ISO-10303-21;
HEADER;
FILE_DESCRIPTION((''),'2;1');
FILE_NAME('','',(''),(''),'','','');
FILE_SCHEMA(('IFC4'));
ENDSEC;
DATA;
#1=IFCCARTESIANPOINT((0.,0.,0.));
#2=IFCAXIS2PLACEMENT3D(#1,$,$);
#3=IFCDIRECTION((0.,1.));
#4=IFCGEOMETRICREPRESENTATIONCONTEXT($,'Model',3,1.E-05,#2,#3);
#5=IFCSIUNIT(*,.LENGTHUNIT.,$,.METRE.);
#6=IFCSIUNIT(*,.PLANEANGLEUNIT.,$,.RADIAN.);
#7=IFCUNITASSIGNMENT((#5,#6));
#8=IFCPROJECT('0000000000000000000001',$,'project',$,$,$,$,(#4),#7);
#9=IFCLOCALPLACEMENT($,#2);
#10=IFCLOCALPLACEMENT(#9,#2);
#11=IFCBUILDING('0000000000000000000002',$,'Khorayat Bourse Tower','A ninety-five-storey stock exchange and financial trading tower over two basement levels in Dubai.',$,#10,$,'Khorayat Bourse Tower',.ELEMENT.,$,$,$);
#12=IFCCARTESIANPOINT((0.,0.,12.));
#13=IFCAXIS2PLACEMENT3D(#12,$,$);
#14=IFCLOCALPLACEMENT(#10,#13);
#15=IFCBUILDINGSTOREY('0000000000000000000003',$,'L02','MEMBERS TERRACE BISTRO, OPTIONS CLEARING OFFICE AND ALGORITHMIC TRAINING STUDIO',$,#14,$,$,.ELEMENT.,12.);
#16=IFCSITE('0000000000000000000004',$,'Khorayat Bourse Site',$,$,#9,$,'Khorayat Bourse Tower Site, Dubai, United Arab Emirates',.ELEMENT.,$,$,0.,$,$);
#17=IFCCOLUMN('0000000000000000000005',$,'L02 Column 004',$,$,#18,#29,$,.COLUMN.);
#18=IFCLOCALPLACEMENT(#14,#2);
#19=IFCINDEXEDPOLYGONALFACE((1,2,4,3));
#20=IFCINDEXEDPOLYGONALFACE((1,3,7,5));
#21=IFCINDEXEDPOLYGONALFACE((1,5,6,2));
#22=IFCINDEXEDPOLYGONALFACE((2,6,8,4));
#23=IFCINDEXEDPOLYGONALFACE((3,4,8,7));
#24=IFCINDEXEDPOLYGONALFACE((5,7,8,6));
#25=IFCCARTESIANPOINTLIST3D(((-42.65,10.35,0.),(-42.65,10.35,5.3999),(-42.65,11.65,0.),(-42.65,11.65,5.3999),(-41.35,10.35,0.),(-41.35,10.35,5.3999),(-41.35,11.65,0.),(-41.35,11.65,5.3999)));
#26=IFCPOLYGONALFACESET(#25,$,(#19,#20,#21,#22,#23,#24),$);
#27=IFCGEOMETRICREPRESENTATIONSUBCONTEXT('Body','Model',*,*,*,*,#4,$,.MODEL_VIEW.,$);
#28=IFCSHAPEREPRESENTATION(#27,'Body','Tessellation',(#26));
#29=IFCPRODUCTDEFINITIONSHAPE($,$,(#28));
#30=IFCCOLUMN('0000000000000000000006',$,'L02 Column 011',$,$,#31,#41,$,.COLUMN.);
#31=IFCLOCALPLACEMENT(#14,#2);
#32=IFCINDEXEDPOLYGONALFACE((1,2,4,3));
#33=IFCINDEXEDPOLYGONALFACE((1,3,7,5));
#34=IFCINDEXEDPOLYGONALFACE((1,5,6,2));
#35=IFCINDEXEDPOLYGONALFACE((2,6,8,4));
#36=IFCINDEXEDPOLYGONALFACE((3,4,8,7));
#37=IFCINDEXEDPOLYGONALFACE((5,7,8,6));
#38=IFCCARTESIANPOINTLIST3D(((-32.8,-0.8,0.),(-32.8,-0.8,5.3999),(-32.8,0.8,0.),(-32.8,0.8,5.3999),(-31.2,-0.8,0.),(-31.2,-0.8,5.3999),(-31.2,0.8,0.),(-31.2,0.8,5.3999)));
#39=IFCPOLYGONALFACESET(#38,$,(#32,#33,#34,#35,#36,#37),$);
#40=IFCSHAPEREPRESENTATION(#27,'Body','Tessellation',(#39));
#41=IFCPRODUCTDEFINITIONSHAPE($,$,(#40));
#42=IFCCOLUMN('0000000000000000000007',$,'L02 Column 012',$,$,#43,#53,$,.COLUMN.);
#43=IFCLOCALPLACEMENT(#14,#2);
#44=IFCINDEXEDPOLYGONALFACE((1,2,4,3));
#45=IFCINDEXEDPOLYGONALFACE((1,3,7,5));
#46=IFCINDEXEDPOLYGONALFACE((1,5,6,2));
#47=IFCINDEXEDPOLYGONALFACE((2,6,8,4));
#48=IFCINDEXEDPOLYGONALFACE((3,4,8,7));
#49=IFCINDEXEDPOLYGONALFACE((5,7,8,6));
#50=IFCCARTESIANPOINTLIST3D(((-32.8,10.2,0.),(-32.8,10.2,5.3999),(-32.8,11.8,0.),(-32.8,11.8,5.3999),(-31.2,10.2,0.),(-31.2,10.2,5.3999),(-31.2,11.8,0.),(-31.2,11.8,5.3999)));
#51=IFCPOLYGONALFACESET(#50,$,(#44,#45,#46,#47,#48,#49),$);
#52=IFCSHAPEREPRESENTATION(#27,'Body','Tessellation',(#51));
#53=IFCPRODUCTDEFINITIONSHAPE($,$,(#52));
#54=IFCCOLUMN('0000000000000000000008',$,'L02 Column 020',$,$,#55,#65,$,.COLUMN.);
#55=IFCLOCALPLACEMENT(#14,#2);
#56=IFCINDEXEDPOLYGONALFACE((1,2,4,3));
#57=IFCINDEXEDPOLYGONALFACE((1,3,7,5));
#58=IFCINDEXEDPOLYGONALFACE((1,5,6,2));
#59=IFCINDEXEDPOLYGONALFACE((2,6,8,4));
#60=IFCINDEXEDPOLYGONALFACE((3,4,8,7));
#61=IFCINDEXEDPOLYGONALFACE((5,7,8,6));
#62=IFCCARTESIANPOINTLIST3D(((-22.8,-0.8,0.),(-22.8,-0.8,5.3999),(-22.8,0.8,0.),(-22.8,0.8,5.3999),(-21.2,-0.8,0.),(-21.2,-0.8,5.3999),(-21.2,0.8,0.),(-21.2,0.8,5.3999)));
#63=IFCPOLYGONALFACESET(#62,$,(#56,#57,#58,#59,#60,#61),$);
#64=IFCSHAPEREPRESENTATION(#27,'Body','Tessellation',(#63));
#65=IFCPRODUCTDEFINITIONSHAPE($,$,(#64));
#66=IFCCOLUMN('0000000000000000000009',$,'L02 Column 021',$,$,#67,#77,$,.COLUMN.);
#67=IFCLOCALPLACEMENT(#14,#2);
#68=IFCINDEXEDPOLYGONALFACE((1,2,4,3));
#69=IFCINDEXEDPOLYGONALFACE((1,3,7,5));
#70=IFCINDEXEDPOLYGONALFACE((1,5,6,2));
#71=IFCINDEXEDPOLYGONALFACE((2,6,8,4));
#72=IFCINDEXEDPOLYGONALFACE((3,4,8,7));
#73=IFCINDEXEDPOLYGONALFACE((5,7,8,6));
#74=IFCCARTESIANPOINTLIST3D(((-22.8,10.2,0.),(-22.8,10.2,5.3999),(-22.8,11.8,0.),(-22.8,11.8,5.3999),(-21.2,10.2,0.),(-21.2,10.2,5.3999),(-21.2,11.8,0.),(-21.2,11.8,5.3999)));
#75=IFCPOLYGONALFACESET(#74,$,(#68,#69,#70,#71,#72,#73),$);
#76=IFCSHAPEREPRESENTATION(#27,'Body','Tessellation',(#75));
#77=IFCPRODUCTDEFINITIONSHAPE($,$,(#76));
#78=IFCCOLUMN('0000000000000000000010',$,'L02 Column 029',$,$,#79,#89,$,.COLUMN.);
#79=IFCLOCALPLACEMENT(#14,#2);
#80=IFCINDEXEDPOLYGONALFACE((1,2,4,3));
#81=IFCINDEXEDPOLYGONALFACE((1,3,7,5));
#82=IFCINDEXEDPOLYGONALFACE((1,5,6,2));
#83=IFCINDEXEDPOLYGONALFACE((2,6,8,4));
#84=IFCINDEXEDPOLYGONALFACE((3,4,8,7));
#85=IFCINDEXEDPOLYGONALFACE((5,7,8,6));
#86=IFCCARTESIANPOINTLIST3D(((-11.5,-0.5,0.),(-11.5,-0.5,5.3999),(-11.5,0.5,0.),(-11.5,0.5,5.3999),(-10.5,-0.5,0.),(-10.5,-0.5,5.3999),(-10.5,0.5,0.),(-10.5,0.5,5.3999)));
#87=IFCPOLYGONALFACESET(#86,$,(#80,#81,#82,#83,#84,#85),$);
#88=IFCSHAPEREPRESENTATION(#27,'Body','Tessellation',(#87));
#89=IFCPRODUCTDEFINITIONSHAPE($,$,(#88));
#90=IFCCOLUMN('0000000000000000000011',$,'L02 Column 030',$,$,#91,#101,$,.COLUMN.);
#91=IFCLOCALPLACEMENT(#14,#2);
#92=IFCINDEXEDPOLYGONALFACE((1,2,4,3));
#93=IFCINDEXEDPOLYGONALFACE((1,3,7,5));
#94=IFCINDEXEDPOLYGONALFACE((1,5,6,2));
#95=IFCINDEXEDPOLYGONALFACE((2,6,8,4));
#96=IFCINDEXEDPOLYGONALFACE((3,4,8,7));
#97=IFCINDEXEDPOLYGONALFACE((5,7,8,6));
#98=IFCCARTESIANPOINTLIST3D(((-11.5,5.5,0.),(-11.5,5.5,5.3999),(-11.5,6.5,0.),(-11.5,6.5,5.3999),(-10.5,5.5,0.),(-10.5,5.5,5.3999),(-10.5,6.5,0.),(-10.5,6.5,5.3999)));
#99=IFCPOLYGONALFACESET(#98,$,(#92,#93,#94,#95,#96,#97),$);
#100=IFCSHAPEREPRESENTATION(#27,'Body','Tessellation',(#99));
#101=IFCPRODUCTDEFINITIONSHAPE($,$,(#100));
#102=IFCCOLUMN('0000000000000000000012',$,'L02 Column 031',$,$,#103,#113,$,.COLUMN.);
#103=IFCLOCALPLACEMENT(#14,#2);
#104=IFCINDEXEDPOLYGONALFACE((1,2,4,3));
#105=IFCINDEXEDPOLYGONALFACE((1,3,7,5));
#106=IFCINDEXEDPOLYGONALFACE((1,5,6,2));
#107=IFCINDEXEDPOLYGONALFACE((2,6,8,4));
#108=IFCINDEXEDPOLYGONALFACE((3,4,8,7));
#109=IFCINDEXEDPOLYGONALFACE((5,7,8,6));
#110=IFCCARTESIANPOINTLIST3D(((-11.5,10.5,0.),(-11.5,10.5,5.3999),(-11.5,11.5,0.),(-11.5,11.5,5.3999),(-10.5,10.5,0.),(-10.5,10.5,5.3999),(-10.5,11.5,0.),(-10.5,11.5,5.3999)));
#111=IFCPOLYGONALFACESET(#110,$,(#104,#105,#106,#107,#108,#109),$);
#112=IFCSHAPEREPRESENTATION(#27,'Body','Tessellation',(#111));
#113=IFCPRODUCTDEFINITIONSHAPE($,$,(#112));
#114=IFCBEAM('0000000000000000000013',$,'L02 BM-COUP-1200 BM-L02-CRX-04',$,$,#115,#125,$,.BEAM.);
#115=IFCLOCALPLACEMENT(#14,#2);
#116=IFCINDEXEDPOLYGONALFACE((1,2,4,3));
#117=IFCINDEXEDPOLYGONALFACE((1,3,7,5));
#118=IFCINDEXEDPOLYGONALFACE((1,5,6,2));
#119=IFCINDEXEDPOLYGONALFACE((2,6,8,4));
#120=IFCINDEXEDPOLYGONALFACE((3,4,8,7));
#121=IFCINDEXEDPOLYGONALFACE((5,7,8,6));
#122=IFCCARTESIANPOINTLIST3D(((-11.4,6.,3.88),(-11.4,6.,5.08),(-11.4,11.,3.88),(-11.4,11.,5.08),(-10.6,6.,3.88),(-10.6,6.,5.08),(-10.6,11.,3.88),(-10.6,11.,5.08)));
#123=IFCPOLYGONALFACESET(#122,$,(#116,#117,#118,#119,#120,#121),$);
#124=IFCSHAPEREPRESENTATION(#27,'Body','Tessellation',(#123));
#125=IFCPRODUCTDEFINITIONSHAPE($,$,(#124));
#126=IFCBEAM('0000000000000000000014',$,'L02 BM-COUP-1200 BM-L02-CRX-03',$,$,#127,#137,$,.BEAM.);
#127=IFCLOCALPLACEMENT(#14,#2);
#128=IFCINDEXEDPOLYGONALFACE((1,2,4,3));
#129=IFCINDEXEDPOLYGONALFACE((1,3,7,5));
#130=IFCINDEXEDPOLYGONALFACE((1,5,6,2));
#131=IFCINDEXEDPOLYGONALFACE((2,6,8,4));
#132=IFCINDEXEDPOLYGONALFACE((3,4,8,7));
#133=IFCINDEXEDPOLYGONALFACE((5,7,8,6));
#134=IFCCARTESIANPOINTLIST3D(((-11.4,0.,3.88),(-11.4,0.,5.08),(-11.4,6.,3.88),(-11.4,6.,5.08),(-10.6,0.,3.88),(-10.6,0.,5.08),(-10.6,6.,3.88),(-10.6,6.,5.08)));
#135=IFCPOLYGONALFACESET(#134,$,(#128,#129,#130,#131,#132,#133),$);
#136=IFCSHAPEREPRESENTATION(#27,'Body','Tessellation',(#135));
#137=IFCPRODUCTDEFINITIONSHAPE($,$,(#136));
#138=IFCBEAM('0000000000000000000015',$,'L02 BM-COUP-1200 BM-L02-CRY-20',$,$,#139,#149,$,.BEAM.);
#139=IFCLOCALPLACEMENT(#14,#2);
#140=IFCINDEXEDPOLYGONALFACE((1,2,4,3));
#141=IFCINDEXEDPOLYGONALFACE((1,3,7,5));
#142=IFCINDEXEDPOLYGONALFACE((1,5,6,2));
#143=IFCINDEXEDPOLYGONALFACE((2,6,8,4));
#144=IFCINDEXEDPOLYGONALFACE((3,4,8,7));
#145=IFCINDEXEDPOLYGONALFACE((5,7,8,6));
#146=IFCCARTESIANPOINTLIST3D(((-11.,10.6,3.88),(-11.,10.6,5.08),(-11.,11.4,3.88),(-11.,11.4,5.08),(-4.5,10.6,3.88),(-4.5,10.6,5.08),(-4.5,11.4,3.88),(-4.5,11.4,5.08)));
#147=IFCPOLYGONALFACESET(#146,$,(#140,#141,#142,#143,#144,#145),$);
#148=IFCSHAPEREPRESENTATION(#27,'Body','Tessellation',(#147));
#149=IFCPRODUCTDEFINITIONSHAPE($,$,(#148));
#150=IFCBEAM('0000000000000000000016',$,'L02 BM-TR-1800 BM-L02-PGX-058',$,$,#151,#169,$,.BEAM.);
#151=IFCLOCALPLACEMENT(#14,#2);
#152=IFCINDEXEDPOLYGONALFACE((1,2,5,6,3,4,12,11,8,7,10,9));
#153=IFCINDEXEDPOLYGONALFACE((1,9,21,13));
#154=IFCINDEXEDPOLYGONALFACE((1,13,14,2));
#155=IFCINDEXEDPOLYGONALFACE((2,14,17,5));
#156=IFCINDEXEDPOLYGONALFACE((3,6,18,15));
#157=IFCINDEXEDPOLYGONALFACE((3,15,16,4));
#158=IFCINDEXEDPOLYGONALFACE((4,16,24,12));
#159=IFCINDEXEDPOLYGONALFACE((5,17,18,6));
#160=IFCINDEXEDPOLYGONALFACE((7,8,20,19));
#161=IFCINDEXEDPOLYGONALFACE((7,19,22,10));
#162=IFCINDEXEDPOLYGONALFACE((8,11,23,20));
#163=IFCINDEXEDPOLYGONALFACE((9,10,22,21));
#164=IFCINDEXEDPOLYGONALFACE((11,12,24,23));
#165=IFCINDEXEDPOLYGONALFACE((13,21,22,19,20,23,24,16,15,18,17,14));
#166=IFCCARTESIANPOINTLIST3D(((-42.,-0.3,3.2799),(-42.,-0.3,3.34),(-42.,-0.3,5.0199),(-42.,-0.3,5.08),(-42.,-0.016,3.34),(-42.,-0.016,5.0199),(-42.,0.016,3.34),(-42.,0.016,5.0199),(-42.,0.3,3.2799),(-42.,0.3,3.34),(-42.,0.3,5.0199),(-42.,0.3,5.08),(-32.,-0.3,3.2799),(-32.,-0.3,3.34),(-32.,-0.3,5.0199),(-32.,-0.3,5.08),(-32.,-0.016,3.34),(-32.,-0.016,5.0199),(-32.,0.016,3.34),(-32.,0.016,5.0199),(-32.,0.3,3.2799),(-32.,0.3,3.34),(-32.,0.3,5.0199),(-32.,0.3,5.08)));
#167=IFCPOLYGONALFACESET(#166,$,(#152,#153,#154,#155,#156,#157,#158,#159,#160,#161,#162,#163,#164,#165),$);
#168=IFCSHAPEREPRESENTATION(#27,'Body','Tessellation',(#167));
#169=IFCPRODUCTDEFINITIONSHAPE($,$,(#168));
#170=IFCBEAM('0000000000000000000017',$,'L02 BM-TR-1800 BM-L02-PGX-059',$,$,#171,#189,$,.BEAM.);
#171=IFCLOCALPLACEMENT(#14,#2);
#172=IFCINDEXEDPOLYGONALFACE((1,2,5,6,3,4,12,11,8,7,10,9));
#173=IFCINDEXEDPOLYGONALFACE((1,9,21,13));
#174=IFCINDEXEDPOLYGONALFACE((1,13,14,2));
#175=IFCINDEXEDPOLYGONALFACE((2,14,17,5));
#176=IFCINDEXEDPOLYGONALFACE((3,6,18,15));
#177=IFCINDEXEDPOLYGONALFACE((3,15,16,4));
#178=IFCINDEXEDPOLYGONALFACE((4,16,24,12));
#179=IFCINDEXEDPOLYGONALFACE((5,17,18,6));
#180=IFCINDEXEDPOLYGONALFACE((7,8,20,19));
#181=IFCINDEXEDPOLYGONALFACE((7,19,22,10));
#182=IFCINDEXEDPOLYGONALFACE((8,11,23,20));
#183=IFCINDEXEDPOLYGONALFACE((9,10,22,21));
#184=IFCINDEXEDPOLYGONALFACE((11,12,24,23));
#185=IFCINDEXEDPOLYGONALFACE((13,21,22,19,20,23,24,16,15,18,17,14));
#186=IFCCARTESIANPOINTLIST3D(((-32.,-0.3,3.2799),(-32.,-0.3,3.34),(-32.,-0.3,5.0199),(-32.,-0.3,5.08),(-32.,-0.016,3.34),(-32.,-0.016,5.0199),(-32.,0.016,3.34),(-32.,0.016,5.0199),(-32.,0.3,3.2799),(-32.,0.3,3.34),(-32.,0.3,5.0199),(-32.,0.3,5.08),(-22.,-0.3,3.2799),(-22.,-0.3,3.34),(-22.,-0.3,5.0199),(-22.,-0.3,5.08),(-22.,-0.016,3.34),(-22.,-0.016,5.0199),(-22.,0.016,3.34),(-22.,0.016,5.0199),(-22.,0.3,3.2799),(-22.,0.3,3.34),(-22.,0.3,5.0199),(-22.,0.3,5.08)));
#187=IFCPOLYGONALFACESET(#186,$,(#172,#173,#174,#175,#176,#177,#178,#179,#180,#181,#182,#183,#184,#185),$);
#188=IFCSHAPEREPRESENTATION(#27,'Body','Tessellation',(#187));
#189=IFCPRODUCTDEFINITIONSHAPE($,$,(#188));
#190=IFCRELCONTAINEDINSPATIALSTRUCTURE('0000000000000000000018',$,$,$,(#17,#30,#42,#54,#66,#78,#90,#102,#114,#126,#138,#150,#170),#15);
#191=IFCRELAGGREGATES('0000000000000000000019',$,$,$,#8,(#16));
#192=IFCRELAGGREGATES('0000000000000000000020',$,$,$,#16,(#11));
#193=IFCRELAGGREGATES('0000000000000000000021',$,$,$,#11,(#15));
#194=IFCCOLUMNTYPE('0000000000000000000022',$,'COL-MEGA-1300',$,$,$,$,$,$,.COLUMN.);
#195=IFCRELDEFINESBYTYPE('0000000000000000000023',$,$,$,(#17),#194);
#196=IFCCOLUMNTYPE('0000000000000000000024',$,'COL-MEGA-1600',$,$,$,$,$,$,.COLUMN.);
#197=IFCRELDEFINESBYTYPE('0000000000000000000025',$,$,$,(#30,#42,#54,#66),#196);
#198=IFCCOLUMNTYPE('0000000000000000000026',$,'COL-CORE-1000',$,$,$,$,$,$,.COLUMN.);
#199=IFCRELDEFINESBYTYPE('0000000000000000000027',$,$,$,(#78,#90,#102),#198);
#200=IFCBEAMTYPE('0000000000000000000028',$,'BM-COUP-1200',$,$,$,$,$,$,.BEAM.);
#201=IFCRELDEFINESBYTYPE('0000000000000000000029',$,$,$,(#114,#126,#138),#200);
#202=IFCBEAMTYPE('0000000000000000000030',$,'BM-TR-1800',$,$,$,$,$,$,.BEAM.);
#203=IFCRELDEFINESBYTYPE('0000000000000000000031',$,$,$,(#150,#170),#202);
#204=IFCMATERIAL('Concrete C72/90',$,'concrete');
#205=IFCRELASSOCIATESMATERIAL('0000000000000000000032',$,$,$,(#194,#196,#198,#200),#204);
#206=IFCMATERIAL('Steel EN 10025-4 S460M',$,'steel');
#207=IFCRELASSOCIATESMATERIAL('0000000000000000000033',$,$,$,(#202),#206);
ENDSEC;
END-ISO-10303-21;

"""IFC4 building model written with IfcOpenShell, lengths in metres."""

from ifc_helpers import new_model, si_unit, direction, frame, origin, origin_2d, place, context, subcontext, project, spatial, rectangle, i_section, extrude, source, transform, mapped, material, material_profile, profile_set, type_object, element, save


model = new_model("IFC4")

# Units and contexts
model_context = context("Model", 3, precision=1e-05, world=origin(), true_north=direction((0.0, 1.0)))
body_context = subcontext(model_context, "Body", "Model", "MODEL_VIEW")
ifc_project = project(units=[si_unit("LENGTHUNIT", "METRE"), si_unit("PLANEANGLEUNIT", "RADIAN")], contexts=[model_context])

# Site, building, storey
site_placement = place(None, origin())
site = spatial("IfcSite", under=ifc_project, at=site_placement, Name="Khorayat Bourse Site", LongName="Khorayat Bourse Tower Site, Dubai, United Arab Emirates", CompositionType="ELEMENT", RefElevation=0.0)
building_placement = place(site_placement, origin())
building = spatial("IfcBuilding", under=site, at=building_placement, Name="Khorayat Bourse Tower", Description="A ninety-five-storey stock exchange and financial trading tower over two basement levels in Dubai.", LongName="Khorayat Bourse Tower", CompositionType="ELEMENT")
storey_placement = place(building_placement, frame((0.0, 0.0, 12.0)))
storey = spatial("IfcBuildingStorey", under=building, at=storey_placement, Name="L02", Description="MEMBERS TERRACE BISTRO, OPTIONS CLEARING OFFICE AND ALGORITHMIC TRAINING STUDIO", CompositionType="ELEMENT", Elevation=12.0)

# Columns
ifc_material_1 = material(Name="Concrete C72/90", Category="concrete")
ifc_material_profile_1 = material_profile(ifc_material_1, rectangle(XDim=1.3, YDim=1.3, at=origin_2d()), Name="RC 1300x1300")
ifc_profile_set_1 = profile_set([ifc_material_profile_1], Name="Concrete C72/90")
column_type_1 = type_object("IfcColumnType", Name="COL-MEGA-1300", PredefinedType="COLUMN", material=ifc_profile_set_1)
shared_shape_1 = source(origin(), body_context, "Body", "SweptSolid", [
    extrude(rectangle(XDim=1.3, YDim=1.3, at=origin_2d()), origin(), (0.0, 0.0, 1.0), 5.3999),
])
column_placement = place(storey_placement, frame((-42.0, 11.0, 0.0), z_axis=(0.0, 0.0, 1.0), x_axis=(1.0, 0.0, 0.0)))
element("IfcColumn", 1, at=column_placement, inside=storey, type_object=column_type_1, Name="L02 Column 004", PredefinedType="COLUMN", context=body_context, shape_type="MappedRepresentation", body=[
    mapped(shared_shape_1, transform((0.0, 0.0, 0.0), scale=1.0)),
])
ifc_material_profile_2 = material_profile(ifc_material_1, rectangle(XDim=1.6001, YDim=1.6001, at=origin_2d()), Name="RC 1600x1600")
ifc_profile_set_2 = profile_set([ifc_material_profile_2], Name="Concrete C72/90")
column_type_2 = type_object("IfcColumnType", Name="COL-MEGA-1600", PredefinedType="COLUMN", material=ifc_profile_set_2)
shared_shape_2 = source(origin(), body_context, "Body", "SweptSolid", [
    extrude(rectangle(XDim=1.6001, YDim=1.6001, at=origin_2d()), origin(), (0.0, 0.0, 1.0), 5.3999),
])
for number, where, z_axis, x_axis, name in (
    (2, (-32.0, 0.0, 0.0), (0.0, 0.0, 1.0), (1.0, 0.0, 0.0), "L02 Column 011"),
    (3, (-32.0, 11.0, 0.0), (0.0, 0.0, 1.0), (1.0, 0.0, 0.0), "L02 Column 012"),
    (4, (-22.0, 0.0, 0.0), (0.0, 0.0, 1.0), (1.0, 0.0, 0.0), "L02 Column 020"),
    (5, (-22.0, 11.0, 0.0), (0.0, 0.0, 1.0), (1.0, 0.0, 0.0), "L02 Column 021"),
):
    element("IfcColumn", number, at=place(storey_placement, frame(where, z_axis=z_axis, x_axis=x_axis)), inside=storey, type_object=column_type_2, Name=name, PredefinedType="COLUMN", context=body_context, shape_type="MappedRepresentation", body=[
        mapped(shared_shape_2, transform((0.0, 0.0, 0.0), scale=1.0)),
    ])
ifc_material_profile_3 = material_profile(ifc_material_1, rectangle(XDim=1.0, YDim=1.0, at=origin_2d()), Name="RC 1000x1000")
ifc_profile_set_3 = profile_set([ifc_material_profile_3], Name="Concrete C72/90")
column_type_3 = type_object("IfcColumnType", Name="COL-CORE-1000", PredefinedType="COLUMN", material=ifc_profile_set_3)
shared_shape_3 = source(origin(), body_context, "Body", "SweptSolid", [
    extrude(rectangle(XDim=1.0, YDim=1.0, at=origin_2d()), origin(), (0.0, 0.0, 1.0), 5.3999),
])
for number, where, z_axis, x_axis, name in (
    (6, (-11.0, 0.0, 0.0), (0.0, 0.0, 1.0), (1.0, 0.0, 0.0), "L02 Column 029"),
    (7, (-11.0, 6.0, 0.0), (0.0, 0.0, 1.0), (1.0, 0.0, 0.0), "L02 Column 030"),
    (8, (-11.0, 11.0, 0.0), (0.0, 0.0, 1.0), (1.0, 0.0, 0.0), "L02 Column 031"),
):
    element("IfcColumn", number, at=place(storey_placement, frame(where, z_axis=z_axis, x_axis=x_axis)), inside=storey, type_object=column_type_3, Name=name, PredefinedType="COLUMN", context=body_context, shape_type="MappedRepresentation", body=[
        mapped(shared_shape_3, transform((0.0, 0.0, 0.0), scale=1.0)),
    ])

# Beams
ifc_material_profile_4 = material_profile(ifc_material_1, rectangle(XDim=0.8, YDim=1.2, at=origin_2d()), Name="RC 800x1200")
ifc_profile_set_4 = profile_set([ifc_material_profile_4], Name="Concrete C72/90")
beam_type_1 = type_object("IfcBeamType", Name="BM-COUP-1200", PredefinedType="BEAM", material=ifc_profile_set_4)
shared_shape_4 = source(origin(), body_context, "Body", "SweptSolid", [
    extrude(rectangle(XDim=0.8, YDim=1.2, at=origin_2d()), origin(), (0.0, 0.0, 1.0), 5.0),
])
beam_1_placement = place(storey_placement, frame((-11.0, 6.0, 4.48), z_axis=(0.0, 1.0, 0.0), x_axis=(-1.0, 0.0, 0.0)))
element("IfcBeam", 9, at=beam_1_placement, inside=storey, type_object=beam_type_1, Name="L02 BM-COUP-1200 BM-L02-CRX-04", PredefinedType="BEAM", context=body_context, shape_type="MappedRepresentation", body=[
    mapped(shared_shape_4, transform((0.0, 0.0, 0.0), scale=1.0)),
])
shared_shape_5 = source(origin(), body_context, "Body", "SweptSolid", [
    extrude(rectangle(XDim=0.8, YDim=1.2, at=origin_2d()), origin(), (0.0, 0.0, 1.0), 6.0),
])
beam_2_placement = place(storey_placement, frame((-11.0, 0.0, 4.48), z_axis=(0.0, 1.0, 0.0), x_axis=(-1.0, 0.0, 0.0)))
element("IfcBeam", 10, at=beam_2_placement, inside=storey, type_object=beam_type_1, Name="L02 BM-COUP-1200 BM-L02-CRX-03", PredefinedType="BEAM", context=body_context, shape_type="MappedRepresentation", body=[
    mapped(shared_shape_5, transform((0.0, 0.0, 0.0), scale=1.0)),
])
shared_shape_6 = source(origin(), body_context, "Body", "SweptSolid", [
    extrude(rectangle(XDim=0.8, YDim=1.2, at=origin_2d()), origin(), (0.0, 0.0, 1.0), 6.5),
])
beam_3_placement = place(storey_placement, frame((-11.0, 11.0, 4.48), z_axis=(1.0, 0.0, 0.0), x_axis=(0.0, 1.0, 0.0)))
element("IfcBeam", 11, at=beam_3_placement, inside=storey, type_object=beam_type_1, Name="L02 BM-COUP-1200 BM-L02-CRY-20", PredefinedType="BEAM", context=body_context, shape_type="MappedRepresentation", body=[
    mapped(shared_shape_6, transform((0.0, 0.0, 0.0), scale=1.0)),
])
ifc_material_2 = material(Name="Steel EN 10025-4 S460M", Category="steel")
ifc_material_profile_5 = material_profile(ifc_material_2, i_section(OverallWidth=0.6001, OverallDepth=1.8, WebThickness=0.032, FlangeThickness=0.0601, at=origin_2d()), Name="PG 1800x600x32x60")
ifc_profile_set_5 = profile_set([ifc_material_profile_5], Name="Steel EN 10025-4 S460M")
beam_type_2 = type_object("IfcBeamType", Name="BM-TR-1800", PredefinedType="BEAM", material=ifc_profile_set_5)
shared_shape_7 = source(origin(), body_context, "Body", "SweptSolid", [
    extrude(i_section(OverallWidth=0.6001, OverallDepth=1.8, WebThickness=0.032, FlangeThickness=0.0601, at=origin_2d()), origin(), (0.0, 0.0, 1.0), 10.0),
])
for number, where, z_axis, x_axis, name in (
    (12, (-42.0, 0.0, 4.1799), (1.0, 0.0, 0.0), (0.0, 1.0, 0.0), "L02 BM-TR-1800 BM-L02-PGX-058"),
    (13, (-32.0, 0.0, 4.1799), (1.0, 0.0, 0.0), (0.0, 1.0, 0.0), "L02 BM-TR-1800 BM-L02-PGX-059"),
):
    element("IfcBeam", number, at=place(storey_placement, frame(where, z_axis=z_axis, x_axis=x_axis)), inside=storey, type_object=beam_type_2, Name=name, PredefinedType="BEAM", context=body_context, shape_type="MappedRepresentation", body=[
        mapped(shared_shape_7, transform((0.0, 0.0, 0.0), scale=1.0)),
    ])

save(model, "model.ifc")
